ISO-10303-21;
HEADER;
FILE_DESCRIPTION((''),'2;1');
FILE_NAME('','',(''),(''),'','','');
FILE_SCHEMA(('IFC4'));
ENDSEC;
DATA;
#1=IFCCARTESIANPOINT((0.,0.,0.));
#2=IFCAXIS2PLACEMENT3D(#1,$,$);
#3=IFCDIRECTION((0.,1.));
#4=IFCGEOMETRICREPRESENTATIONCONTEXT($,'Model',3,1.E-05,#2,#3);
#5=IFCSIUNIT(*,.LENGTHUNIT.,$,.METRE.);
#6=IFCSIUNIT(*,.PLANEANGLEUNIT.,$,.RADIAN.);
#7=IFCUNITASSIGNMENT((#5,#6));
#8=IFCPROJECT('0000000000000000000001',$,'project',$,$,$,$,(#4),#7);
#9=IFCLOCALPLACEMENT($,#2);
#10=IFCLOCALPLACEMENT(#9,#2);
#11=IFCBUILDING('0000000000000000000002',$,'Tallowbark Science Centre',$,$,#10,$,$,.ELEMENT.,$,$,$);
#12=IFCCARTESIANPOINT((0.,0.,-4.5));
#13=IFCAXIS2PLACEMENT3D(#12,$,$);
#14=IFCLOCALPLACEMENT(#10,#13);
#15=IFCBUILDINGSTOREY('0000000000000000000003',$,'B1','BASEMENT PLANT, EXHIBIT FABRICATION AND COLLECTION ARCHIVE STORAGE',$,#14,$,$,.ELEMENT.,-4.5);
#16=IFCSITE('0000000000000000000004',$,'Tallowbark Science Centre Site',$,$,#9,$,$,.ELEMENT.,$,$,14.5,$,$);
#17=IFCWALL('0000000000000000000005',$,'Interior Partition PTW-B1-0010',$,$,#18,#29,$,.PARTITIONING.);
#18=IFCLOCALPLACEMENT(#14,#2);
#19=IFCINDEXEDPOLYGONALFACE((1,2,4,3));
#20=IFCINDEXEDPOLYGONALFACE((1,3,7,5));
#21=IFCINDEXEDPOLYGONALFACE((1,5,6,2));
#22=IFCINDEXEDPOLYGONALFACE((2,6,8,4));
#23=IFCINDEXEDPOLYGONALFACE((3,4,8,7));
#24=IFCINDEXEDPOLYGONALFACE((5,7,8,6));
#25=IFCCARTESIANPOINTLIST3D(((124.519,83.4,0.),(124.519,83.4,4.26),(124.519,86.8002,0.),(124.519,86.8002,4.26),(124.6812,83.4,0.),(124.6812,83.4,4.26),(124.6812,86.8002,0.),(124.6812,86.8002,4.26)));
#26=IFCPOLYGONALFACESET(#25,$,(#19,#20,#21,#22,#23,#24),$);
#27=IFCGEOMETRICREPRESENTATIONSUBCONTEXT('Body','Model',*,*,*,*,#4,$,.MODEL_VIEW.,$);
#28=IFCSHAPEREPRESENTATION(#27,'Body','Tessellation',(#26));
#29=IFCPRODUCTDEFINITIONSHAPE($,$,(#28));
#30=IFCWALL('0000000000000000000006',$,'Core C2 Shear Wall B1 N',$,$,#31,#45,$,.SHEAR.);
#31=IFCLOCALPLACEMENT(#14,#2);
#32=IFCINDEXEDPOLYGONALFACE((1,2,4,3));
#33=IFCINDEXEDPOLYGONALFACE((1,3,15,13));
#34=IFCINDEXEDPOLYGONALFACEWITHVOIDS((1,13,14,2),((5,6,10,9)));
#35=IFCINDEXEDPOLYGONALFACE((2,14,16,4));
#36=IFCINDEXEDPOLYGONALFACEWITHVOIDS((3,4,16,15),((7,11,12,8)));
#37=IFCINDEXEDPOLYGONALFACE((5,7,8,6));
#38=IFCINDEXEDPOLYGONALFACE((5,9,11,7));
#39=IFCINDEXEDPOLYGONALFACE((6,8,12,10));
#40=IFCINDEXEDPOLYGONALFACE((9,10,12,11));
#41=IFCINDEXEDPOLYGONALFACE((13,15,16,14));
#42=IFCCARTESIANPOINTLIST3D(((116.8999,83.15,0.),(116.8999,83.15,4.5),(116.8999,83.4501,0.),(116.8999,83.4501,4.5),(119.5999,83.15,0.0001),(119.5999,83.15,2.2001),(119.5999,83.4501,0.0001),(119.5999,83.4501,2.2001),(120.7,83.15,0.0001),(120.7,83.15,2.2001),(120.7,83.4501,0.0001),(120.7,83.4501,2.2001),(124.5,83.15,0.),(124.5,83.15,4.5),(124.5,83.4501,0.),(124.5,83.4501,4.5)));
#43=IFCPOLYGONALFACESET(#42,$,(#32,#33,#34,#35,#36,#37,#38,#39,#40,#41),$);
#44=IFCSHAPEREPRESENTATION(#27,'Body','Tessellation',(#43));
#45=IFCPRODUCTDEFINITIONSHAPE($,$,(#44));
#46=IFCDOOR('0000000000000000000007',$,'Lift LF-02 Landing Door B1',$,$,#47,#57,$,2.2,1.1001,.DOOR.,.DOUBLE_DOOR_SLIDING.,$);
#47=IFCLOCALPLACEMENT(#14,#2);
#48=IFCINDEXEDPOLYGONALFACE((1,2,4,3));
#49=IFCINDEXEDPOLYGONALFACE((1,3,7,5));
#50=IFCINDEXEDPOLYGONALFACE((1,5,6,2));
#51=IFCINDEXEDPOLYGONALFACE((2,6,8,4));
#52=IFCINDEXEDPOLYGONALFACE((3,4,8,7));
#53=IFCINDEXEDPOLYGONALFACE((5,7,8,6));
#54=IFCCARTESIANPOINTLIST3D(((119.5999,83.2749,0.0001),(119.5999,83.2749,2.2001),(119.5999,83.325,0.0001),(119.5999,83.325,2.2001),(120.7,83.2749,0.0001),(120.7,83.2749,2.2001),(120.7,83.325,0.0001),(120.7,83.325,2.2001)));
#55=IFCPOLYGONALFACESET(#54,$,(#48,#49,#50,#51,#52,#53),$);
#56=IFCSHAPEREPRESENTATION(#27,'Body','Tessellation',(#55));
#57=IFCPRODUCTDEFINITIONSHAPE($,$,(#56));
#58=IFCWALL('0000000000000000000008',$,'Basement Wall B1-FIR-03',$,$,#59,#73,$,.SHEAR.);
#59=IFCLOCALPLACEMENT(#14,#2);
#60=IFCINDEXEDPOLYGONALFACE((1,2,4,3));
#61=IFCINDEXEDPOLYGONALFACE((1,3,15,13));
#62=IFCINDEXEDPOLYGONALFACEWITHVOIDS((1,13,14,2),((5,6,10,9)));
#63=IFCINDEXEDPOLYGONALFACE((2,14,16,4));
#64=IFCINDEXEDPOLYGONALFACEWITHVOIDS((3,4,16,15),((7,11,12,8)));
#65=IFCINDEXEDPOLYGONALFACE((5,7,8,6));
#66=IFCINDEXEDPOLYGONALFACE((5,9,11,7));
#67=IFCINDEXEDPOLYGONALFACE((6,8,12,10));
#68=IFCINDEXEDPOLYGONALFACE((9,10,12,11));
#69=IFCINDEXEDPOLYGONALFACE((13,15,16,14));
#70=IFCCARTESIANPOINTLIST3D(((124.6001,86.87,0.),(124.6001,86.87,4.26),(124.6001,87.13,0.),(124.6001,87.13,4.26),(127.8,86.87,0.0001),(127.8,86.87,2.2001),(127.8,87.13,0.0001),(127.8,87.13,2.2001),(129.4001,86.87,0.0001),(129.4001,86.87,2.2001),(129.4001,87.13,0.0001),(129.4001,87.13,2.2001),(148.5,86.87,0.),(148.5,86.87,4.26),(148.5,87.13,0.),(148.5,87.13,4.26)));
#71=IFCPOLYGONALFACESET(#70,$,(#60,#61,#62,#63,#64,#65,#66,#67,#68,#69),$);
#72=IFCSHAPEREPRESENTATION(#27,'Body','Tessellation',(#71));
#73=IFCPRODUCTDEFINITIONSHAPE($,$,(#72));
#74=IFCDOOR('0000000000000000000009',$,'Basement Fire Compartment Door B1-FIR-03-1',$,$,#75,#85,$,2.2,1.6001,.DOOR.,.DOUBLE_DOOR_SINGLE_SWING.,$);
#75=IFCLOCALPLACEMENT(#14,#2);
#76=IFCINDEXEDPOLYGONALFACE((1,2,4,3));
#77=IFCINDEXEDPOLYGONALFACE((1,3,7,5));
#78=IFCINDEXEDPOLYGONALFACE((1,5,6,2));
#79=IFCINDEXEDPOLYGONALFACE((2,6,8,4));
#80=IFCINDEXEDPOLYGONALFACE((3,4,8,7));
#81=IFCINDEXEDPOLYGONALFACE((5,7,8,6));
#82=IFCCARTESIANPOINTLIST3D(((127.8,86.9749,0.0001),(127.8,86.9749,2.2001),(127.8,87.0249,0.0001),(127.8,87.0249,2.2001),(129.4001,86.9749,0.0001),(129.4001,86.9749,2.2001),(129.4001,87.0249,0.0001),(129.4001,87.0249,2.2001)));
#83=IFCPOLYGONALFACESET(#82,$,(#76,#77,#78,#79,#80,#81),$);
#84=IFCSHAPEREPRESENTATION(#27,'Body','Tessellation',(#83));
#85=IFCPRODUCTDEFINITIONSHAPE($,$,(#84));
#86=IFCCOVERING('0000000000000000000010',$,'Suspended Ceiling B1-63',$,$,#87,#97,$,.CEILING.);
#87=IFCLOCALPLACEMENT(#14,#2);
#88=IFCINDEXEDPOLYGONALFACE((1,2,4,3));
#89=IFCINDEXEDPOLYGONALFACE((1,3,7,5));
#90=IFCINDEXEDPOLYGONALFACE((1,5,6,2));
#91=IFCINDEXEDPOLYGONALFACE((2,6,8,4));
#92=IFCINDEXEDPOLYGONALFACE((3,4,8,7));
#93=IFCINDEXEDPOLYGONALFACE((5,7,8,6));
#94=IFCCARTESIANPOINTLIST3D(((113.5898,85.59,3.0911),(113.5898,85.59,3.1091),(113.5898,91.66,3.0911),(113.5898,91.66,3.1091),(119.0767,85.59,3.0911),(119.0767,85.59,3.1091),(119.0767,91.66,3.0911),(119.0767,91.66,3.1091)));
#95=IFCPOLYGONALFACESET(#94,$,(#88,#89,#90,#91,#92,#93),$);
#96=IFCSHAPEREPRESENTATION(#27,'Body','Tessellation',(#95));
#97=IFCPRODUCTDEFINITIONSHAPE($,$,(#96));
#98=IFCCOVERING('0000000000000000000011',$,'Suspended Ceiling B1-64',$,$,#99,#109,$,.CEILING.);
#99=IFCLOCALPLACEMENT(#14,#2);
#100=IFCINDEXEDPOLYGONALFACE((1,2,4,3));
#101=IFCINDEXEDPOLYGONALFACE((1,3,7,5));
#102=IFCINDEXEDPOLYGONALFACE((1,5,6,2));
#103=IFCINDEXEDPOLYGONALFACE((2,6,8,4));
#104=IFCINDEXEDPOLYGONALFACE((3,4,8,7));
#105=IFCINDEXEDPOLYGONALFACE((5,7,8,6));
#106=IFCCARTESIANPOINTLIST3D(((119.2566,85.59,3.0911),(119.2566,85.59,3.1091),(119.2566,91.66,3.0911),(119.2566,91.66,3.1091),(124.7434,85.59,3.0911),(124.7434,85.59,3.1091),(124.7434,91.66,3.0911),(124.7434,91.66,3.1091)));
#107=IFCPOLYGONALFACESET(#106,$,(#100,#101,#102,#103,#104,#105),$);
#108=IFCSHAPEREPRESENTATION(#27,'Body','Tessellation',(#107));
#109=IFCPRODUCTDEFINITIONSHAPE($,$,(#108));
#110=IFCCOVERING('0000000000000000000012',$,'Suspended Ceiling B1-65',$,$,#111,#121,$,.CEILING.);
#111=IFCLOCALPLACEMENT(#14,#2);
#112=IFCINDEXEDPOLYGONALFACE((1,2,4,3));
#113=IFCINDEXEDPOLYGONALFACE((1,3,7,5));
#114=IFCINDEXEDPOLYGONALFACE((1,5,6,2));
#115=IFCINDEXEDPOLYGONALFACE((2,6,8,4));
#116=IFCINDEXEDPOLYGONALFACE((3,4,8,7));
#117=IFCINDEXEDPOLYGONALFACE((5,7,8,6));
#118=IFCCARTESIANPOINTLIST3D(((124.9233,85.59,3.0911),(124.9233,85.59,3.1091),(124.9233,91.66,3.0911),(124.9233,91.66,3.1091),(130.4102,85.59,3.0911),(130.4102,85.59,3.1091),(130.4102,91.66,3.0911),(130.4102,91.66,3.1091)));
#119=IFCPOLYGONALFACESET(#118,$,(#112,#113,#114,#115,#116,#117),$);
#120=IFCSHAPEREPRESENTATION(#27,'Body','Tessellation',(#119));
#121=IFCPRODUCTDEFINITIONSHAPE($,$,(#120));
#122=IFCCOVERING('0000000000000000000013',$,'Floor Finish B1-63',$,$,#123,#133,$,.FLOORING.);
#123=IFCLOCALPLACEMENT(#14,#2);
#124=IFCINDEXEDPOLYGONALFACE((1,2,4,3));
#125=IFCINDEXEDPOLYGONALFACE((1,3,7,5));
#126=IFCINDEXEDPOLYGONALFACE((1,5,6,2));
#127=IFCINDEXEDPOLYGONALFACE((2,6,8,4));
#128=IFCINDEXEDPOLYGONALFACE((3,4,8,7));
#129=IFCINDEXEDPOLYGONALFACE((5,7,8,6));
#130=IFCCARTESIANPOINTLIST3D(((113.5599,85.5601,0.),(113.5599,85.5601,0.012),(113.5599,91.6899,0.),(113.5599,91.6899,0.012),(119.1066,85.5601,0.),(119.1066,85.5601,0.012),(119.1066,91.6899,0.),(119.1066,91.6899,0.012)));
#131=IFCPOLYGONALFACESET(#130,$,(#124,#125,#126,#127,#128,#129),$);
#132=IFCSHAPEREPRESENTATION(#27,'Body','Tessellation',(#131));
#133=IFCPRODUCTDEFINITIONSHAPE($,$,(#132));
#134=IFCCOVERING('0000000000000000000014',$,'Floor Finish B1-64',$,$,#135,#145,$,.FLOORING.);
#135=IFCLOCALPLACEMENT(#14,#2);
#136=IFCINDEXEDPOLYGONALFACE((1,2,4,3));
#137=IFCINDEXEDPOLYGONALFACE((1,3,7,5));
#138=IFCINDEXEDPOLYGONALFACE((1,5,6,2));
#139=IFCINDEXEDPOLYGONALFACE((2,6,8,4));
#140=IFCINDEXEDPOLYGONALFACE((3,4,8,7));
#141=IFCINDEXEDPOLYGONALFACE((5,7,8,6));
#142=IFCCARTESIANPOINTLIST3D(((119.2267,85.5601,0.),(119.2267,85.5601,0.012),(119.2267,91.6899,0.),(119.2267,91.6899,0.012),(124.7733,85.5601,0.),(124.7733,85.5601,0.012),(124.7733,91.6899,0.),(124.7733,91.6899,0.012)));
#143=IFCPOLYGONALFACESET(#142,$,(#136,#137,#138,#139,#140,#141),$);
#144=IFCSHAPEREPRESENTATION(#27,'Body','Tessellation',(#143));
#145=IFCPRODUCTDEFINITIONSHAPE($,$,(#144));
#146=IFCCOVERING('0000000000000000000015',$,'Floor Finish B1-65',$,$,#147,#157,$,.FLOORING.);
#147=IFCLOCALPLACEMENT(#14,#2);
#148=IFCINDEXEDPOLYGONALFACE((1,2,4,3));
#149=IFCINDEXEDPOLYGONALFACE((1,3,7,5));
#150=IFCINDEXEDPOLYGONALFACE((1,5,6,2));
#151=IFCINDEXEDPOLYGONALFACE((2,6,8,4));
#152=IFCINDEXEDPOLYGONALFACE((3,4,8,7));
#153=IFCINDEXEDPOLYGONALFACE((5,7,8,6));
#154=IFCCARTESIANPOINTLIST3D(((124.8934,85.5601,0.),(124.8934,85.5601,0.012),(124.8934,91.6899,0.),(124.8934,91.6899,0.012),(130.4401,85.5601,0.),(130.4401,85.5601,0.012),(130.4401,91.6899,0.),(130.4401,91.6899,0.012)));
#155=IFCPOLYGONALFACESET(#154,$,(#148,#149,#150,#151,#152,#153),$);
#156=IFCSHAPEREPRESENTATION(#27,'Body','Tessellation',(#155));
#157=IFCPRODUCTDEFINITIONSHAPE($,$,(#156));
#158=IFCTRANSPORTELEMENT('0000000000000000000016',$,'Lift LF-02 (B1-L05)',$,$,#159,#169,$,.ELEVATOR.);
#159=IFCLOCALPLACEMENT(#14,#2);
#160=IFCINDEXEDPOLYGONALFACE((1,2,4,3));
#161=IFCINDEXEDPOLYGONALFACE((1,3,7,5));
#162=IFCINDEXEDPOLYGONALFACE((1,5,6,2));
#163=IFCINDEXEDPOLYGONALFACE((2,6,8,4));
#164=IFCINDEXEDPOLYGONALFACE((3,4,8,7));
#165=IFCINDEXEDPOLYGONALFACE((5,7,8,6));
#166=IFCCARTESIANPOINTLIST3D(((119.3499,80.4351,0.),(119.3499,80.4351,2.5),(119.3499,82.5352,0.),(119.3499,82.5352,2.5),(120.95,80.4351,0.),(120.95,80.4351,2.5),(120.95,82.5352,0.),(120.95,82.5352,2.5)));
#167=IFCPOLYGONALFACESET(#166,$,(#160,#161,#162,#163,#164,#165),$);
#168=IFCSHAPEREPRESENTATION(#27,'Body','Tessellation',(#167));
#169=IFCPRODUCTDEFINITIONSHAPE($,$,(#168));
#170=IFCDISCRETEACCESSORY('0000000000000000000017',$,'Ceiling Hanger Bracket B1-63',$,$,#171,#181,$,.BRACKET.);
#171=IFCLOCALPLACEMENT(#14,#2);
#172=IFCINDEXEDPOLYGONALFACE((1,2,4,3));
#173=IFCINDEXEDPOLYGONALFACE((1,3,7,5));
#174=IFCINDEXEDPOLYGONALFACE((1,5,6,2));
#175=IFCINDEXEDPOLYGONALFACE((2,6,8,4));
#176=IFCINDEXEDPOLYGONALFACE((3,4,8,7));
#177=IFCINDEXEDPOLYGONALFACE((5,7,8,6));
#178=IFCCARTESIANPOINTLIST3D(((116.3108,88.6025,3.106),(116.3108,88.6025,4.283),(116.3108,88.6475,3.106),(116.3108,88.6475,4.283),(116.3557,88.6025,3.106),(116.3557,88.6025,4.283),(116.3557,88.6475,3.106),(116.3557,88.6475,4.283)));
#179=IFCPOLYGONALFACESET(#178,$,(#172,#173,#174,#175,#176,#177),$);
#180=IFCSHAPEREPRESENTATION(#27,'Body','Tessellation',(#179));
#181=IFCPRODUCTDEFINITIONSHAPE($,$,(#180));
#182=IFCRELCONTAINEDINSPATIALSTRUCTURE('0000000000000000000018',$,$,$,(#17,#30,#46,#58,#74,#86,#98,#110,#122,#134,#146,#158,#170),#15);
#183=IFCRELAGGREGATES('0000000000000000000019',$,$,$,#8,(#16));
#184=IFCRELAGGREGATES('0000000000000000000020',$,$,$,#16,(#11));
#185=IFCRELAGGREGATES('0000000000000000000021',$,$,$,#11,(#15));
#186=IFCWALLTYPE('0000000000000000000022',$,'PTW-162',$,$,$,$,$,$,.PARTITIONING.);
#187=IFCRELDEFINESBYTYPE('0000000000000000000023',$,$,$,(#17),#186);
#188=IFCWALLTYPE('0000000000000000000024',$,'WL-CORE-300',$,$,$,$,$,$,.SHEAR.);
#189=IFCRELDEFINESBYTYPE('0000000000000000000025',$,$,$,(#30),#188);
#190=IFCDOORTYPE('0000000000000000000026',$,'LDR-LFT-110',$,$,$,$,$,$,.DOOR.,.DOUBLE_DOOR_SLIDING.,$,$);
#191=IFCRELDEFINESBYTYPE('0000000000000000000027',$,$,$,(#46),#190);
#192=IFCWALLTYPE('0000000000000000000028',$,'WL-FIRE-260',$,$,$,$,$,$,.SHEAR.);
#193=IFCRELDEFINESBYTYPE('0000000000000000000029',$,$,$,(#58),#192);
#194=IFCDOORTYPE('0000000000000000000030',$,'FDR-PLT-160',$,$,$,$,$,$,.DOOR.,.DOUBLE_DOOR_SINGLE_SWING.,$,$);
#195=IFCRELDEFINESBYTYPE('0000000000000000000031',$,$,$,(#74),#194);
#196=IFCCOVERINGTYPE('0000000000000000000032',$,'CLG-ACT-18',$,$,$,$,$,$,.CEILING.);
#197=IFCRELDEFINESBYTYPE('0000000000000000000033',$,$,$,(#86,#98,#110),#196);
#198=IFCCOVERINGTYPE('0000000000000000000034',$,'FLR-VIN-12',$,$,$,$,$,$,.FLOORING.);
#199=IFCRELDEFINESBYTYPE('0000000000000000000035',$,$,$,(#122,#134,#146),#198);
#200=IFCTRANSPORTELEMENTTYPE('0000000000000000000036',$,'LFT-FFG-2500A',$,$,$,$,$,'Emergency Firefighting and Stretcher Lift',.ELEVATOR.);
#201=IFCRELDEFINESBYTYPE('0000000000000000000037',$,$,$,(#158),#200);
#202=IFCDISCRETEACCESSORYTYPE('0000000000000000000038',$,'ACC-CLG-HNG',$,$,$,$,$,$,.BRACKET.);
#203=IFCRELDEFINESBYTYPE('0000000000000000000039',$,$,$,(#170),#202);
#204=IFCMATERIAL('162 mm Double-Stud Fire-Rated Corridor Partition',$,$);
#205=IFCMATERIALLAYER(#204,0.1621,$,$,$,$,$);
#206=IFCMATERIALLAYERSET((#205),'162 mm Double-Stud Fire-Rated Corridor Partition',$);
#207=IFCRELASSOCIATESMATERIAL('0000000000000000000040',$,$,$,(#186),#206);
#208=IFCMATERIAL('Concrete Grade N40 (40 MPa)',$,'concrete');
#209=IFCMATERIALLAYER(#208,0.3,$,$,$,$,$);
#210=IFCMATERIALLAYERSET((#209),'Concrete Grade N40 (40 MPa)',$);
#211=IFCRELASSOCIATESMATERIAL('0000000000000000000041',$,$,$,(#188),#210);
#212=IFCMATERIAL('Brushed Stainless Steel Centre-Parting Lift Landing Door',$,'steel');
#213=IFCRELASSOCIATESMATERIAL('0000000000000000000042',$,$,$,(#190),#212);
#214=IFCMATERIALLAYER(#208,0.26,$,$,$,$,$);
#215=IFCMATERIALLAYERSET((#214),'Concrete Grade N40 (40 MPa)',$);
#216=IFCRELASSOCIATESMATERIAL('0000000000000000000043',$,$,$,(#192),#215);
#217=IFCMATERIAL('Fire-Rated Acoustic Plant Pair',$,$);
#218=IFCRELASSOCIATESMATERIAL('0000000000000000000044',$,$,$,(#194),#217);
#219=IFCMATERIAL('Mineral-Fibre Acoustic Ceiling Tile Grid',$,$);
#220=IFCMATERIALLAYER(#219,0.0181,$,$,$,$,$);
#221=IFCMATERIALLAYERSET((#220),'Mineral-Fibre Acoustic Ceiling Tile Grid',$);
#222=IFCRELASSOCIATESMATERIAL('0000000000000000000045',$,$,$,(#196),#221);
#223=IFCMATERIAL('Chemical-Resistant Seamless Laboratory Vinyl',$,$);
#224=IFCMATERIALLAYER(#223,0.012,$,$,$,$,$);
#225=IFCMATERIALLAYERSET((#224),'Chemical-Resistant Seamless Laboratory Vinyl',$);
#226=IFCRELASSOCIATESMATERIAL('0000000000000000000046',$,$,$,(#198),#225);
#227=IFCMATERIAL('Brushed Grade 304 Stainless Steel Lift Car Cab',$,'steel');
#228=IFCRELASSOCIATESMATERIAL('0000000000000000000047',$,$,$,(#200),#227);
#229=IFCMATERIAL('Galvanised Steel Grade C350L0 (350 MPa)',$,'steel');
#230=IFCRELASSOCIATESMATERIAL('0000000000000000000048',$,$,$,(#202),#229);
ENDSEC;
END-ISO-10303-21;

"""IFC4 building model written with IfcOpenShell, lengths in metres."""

from ifc_helpers import new_model, si_unit, direction, frame, frame_2d, origin, origin_2d, place, context, subcontext, project, spatial, rectangle, extrude, material, layer, layer_set, type_object, element, fill, save


model = new_model("IFC4")

# Units and contexts
model_context = context("Model", 3, precision=1e-05, world=origin(), true_north=direction((0.0, 1.0)))
body_context = subcontext(model_context, "Body", "Model", "MODEL_VIEW")
ifc_project = project(units=[si_unit("LENGTHUNIT", "METRE"), si_unit("PLANEANGLEUNIT", "RADIAN")], contexts=[model_context])

# Site, building, storey
site_placement = place(None, origin())
site = spatial("IfcSite", under=ifc_project, at=site_placement, Name="Tallowbark Science Centre Site", CompositionType="ELEMENT", RefElevation=14.5)
building_placement = place(site_placement, origin())
building = spatial("IfcBuilding", under=site, at=building_placement, Name="Tallowbark Science Centre", CompositionType="ELEMENT")
storey_placement = place(building_placement, frame((0.0, 0.0, -4.5)))
storey = spatial("IfcBuildingStorey", under=building, at=storey_placement, Name="B1", Description="BASEMENT PLANT, EXHIBIT FABRICATION AND COLLECTION ARCHIVE STORAGE", CompositionType="ELEMENT", Elevation=-4.5)

# Shared definitions
ifc_material_1 = material(Name="Concrete Grade N40 (40 MPa)", Category="concrete")

# Wall
ifc_material_2 = material(Name="162 mm Double-Stud Fire-Rated Corridor Partition")
ifc_layer_1 = layer(ifc_material_2, 0.1621)
ifc_layer_set_1 = layer_set([ifc_layer_1], Name="162 mm Double-Stud Fire-Rated Corridor Partition")
wall_type_1 = type_object("IfcWallType", Name="PTW-162", PredefinedType="PARTITIONING", material=ifc_layer_set_1)
wall_1_placement = place(storey_placement, frame((124.6001, 83.3999, 0.0), z_axis=(0.0, 0.0, 1.0), x_axis=(0.0, 1.0, 0.0)))
element("IfcWall", 1, at=wall_1_placement, inside=storey, type_object=wall_type_1, Name="Interior Partition PTW-B1-0010", PredefinedType="PARTITIONING", context=body_context, shape_type="SweptSolid", body=[
    extrude(rectangle(XDim=3.4001, YDim=0.1621, at=frame_2d((1.7002, 0.0))), origin(), (0.0, 0.0, 1.0), 4.26),
])

# Walls, openings, doors
ifc_layer_2 = layer(ifc_material_1, 0.3)
ifc_layer_set_2 = layer_set([ifc_layer_2], Name="Concrete Grade N40 (40 MPa)")
wall_type_2 = type_object("IfcWallType", Name="WL-CORE-300", PredefinedType="SHEAR", material=ifc_layer_set_2)
wall_2_placement = place(storey_placement, frame((116.8999, 83.3, 0.0), z_axis=(0.0, 0.0, 1.0), x_axis=(1.0, 0.0, 0.0)))
wall_2 = element("IfcWall", 2, at=wall_2_placement, inside=storey, type_object=wall_type_2, Name="Core C2 Shear Wall B1 N", PredefinedType="SHEAR", context=body_context, shape_type="SweptSolid", body=[
    extrude(rectangle(XDim=7.6001, YDim=0.3, at=frame_2d((3.8, 0.0))), origin(), (0.0, 0.0, 1.0), 4.5),
])
opening_1_placement = place(wall_2_placement, frame((2.7, 0.0, 0.0)))
opening_1 = element("IfcOpeningElement", 3, at=opening_1_placement, cuts=wall_2, PredefinedType="OPENING", context=body_context, shape_type="SweptSolid", body=[
    extrude(rectangle(XDim=1.1001, YDim=2.2, at=frame_2d((0.55, 1.1001))), frame((0.0, 0.1602, 0.0), z_axis=(0.0, -1.0, 0.0), x_axis=(1.0, 0.0, 0.0)), (0.0, 0.0, 1.0), 0.3201),
])
ifc_material_3 = material(Name="Brushed Stainless Steel Centre-Parting Lift Landing Door", Category="steel")
door_type_1 = type_object("IfcDoorType", Name="LDR-LFT-110", OperationType="DOUBLE_DOOR_SLIDING", PredefinedType="DOOR", material=ifc_material_3)
door_1_placement = place(opening_1_placement, origin())
door_1 = element("IfcDoor", 4, at=door_1_placement, inside=storey, type_object=door_type_1, Name="Lift LF-02 Landing Door B1", OperationType="DOUBLE_DOOR_SLIDING", OverallHeight=2.2, OverallWidth=1.1001, PredefinedType="DOOR", context=body_context, shape_type="SweptSolid", body=[
    extrude(rectangle(XDim=1.1001, YDim=2.2, at=frame_2d((0.55, 1.1001))), frame((0.0, 0.0249, 0.0), z_axis=(0.0, -1.0, 0.0), x_axis=(1.0, 0.0, 0.0)), (0.0, 0.0, 1.0), 0.05),
])
fill(opening_1, door_1)
ifc_layer_3 = layer(ifc_material_1, 0.26)
ifc_layer_set_3 = layer_set([ifc_layer_3], Name="Concrete Grade N40 (40 MPa)")
wall_type_3 = type_object("IfcWallType", Name="WL-FIRE-260", PredefinedType="SHEAR", material=ifc_layer_set_3)
wall_3_placement = place(storey_placement, frame((124.6001, 87.0, 0.0), z_axis=(0.0, 0.0, 1.0), x_axis=(1.0, 0.0, 0.0)))
wall_3 = element("IfcWall", 5, at=wall_3_placement, inside=storey, type_object=wall_type_3, Name="Basement Wall B1-FIR-03", PredefinedType="SHEAR", context=body_context, shape_type="SweptSolid", body=[
    extrude(rectangle(XDim=23.8999, YDim=0.26, at=frame_2d((11.95, 0.0))), origin(), (0.0, 0.0, 1.0), 4.26),
])
opening_2_placement = place(wall_3_placement, frame((3.2, 0.0, 0.0)))
opening_2 = element("IfcOpeningElement", 6, at=opening_2_placement, cuts=wall_3, PredefinedType="OPENING", context=body_context, shape_type="SweptSolid", body=[
    extrude(rectangle(XDim=1.6001, YDim=2.2, at=frame_2d((0.8, 1.1001))), frame((0.0, 0.1401, 0.0), z_axis=(0.0, -1.0, 0.0), x_axis=(1.0, 0.0, 0.0)), (0.0, 0.0, 1.0), 0.28),
])
ifc_material_4 = material(Name="Fire-Rated Acoustic Plant Pair")
door_type_2 = type_object("IfcDoorType", Name="FDR-PLT-160", OperationType="DOUBLE_DOOR_SINGLE_SWING", PredefinedType="DOOR", material=ifc_material_4)
door_2_placement = place(opening_2_placement, origin())
door_2 = element("IfcDoor", 7, at=door_2_placement, inside=storey, type_object=door_type_2, Name="Basement Fire Compartment Door B1-FIR-03-1", OperationType="DOUBLE_DOOR_SINGLE_SWING", OverallHeight=2.2, OverallWidth=1.6001, PredefinedType="DOOR", context=body_context, shape_type="SweptSolid", body=[
    extrude(rectangle(XDim=1.6001, YDim=2.2, at=frame_2d((0.8, 1.1001))), frame((0.0, 0.0249, 0.0), z_axis=(0.0, -1.0, 0.0), x_axis=(1.0, 0.0, 0.0)), (0.0, 0.0, 1.0), 0.05),
])
fill(opening_2, door_2)

# Coverings
ifc_material_5 = material(Name="Mineral-Fibre Acoustic Ceiling Tile Grid")
ifc_layer_4 = layer(ifc_material_5, 0.0181)
ifc_layer_set_4 = layer_set([ifc_layer_4], Name="Mineral-Fibre Acoustic Ceiling Tile Grid")
covering_type_1 = type_object("IfcCoveringType", Name="CLG-ACT-18", PredefinedType="CEILING", material=ifc_layer_set_4)
for number, where, z_axis, x_axis, name in (
    (8, (116.3333, 88.625, 3.0911), (0.0, 0.0, 1.0), (1.0, 0.0, 0.0), "Suspended Ceiling B1-63"),
    (9, (122.0, 88.625, 3.0911), (0.0, 0.0, 1.0), (1.0, 0.0, 0.0), "Suspended Ceiling B1-64"),
    (10, (127.6667, 88.625, 3.0911), (0.0, 0.0, 1.0), (1.0, 0.0, 0.0), "Suspended Ceiling B1-65"),
):
    element("IfcCovering", number, at=place(storey_placement, frame(where, z_axis=z_axis, x_axis=x_axis)), inside=storey, type_object=covering_type_1, Name=name, PredefinedType="CEILING", context=body_context, shape_type="SweptSolid", body=[
        extrude(rectangle(XDim=5.4868, YDim=6.0701, at=origin_2d()), origin(), (0.0, 0.0, 1.0), 0.0181),
    ])
ifc_material_6 = material(Name="Chemical-Resistant Seamless Laboratory Vinyl")
ifc_layer_5 = layer(ifc_material_6, 0.012)
ifc_layer_set_5 = layer_set([ifc_layer_5], Name="Chemical-Resistant Seamless Laboratory Vinyl")
covering_type_2 = type_object("IfcCoveringType", Name="FLR-VIN-12", PredefinedType="FLOORING", material=ifc_layer_set_5)
for number, where, z_axis, x_axis, name in (
    (11, (116.3333, 88.625, 0.0), (0.0, 0.0, 1.0), (1.0, 0.0, 0.0), "Floor Finish B1-63"),
    (12, (122.0, 88.625, 0.0), (0.0, 0.0, 1.0), (1.0, 0.0, 0.0), "Floor Finish B1-64"),
    (13, (127.6667, 88.625, 0.0), (0.0, 0.0, 1.0), (1.0, 0.0, 0.0), "Floor Finish B1-65"),
):
    element("IfcCovering", number, at=place(storey_placement, frame(where, z_axis=z_axis, x_axis=x_axis)), inside=storey, type_object=covering_type_2, Name=name, PredefinedType="FLOORING", context=body_context, shape_type="SweptSolid", body=[
        extrude(rectangle(XDim=5.5466, YDim=6.1299, at=origin_2d()), origin(), (0.0, 0.0, 1.0), 0.012),
    ])

# Transport element
ifc_material_7 = material(Name="Brushed Grade 304 Stainless Steel Lift Car Cab", Category="steel")
transport_element_type = type_object("IfcTransportElementType", Name="LFT-FFG-2500A", ElementType="Emergency Firefighting and Stretcher Lift", PredefinedType="ELEVATOR", material=ifc_material_7)
transport_element_placement = place(storey_placement, frame((120.1499, 81.4851, 0.0), z_axis=(0.0, 0.0, 1.0), x_axis=(1.0, 0.0, 0.0)))
element("IfcTransportElement", 14, at=transport_element_placement, inside=storey, type_object=transport_element_type, Name="Lift LF-02 (B1-L05)", PredefinedType="ELEVATOR", context=body_context, shape_type="SweptSolid", body=[
    extrude(rectangle(XDim=1.6001, YDim=2.1001, at=origin_2d()), origin(), (0.0, 0.0, 1.0), 2.5),
])

# Discrete accessory
ifc_material_8 = material(Name="Galvanised Steel Grade C350L0 (350 MPa)", Category="steel")
discrete_accessory_type = type_object("IfcDiscreteAccessoryType", Name="ACC-CLG-HNG", PredefinedType="BRACKET", material=ifc_material_8)
for number, where, z_axis, x_axis, name in (
    (15, (116.3333, 88.625, 3.106), (0.0, 0.0, 1.0), (1.0, 0.0, 0.0), "Ceiling Hanger Bracket B1-63"),
):
    element("IfcDiscreteAccessory", number, at=place(storey_placement, frame(where, z_axis=z_axis, x_axis=x_axis)), inside=storey, type_object=discrete_accessory_type, Name=name, PredefinedType="BRACKET", context=body_context, shape_type="SweptSolid", body=[
        extrude(rectangle(XDim=0.0449, YDim=0.0449, at=origin_2d()), origin(), (0.0, 0.0, 1.0), 1.177),
    ])

save(model, "model.ifc")
